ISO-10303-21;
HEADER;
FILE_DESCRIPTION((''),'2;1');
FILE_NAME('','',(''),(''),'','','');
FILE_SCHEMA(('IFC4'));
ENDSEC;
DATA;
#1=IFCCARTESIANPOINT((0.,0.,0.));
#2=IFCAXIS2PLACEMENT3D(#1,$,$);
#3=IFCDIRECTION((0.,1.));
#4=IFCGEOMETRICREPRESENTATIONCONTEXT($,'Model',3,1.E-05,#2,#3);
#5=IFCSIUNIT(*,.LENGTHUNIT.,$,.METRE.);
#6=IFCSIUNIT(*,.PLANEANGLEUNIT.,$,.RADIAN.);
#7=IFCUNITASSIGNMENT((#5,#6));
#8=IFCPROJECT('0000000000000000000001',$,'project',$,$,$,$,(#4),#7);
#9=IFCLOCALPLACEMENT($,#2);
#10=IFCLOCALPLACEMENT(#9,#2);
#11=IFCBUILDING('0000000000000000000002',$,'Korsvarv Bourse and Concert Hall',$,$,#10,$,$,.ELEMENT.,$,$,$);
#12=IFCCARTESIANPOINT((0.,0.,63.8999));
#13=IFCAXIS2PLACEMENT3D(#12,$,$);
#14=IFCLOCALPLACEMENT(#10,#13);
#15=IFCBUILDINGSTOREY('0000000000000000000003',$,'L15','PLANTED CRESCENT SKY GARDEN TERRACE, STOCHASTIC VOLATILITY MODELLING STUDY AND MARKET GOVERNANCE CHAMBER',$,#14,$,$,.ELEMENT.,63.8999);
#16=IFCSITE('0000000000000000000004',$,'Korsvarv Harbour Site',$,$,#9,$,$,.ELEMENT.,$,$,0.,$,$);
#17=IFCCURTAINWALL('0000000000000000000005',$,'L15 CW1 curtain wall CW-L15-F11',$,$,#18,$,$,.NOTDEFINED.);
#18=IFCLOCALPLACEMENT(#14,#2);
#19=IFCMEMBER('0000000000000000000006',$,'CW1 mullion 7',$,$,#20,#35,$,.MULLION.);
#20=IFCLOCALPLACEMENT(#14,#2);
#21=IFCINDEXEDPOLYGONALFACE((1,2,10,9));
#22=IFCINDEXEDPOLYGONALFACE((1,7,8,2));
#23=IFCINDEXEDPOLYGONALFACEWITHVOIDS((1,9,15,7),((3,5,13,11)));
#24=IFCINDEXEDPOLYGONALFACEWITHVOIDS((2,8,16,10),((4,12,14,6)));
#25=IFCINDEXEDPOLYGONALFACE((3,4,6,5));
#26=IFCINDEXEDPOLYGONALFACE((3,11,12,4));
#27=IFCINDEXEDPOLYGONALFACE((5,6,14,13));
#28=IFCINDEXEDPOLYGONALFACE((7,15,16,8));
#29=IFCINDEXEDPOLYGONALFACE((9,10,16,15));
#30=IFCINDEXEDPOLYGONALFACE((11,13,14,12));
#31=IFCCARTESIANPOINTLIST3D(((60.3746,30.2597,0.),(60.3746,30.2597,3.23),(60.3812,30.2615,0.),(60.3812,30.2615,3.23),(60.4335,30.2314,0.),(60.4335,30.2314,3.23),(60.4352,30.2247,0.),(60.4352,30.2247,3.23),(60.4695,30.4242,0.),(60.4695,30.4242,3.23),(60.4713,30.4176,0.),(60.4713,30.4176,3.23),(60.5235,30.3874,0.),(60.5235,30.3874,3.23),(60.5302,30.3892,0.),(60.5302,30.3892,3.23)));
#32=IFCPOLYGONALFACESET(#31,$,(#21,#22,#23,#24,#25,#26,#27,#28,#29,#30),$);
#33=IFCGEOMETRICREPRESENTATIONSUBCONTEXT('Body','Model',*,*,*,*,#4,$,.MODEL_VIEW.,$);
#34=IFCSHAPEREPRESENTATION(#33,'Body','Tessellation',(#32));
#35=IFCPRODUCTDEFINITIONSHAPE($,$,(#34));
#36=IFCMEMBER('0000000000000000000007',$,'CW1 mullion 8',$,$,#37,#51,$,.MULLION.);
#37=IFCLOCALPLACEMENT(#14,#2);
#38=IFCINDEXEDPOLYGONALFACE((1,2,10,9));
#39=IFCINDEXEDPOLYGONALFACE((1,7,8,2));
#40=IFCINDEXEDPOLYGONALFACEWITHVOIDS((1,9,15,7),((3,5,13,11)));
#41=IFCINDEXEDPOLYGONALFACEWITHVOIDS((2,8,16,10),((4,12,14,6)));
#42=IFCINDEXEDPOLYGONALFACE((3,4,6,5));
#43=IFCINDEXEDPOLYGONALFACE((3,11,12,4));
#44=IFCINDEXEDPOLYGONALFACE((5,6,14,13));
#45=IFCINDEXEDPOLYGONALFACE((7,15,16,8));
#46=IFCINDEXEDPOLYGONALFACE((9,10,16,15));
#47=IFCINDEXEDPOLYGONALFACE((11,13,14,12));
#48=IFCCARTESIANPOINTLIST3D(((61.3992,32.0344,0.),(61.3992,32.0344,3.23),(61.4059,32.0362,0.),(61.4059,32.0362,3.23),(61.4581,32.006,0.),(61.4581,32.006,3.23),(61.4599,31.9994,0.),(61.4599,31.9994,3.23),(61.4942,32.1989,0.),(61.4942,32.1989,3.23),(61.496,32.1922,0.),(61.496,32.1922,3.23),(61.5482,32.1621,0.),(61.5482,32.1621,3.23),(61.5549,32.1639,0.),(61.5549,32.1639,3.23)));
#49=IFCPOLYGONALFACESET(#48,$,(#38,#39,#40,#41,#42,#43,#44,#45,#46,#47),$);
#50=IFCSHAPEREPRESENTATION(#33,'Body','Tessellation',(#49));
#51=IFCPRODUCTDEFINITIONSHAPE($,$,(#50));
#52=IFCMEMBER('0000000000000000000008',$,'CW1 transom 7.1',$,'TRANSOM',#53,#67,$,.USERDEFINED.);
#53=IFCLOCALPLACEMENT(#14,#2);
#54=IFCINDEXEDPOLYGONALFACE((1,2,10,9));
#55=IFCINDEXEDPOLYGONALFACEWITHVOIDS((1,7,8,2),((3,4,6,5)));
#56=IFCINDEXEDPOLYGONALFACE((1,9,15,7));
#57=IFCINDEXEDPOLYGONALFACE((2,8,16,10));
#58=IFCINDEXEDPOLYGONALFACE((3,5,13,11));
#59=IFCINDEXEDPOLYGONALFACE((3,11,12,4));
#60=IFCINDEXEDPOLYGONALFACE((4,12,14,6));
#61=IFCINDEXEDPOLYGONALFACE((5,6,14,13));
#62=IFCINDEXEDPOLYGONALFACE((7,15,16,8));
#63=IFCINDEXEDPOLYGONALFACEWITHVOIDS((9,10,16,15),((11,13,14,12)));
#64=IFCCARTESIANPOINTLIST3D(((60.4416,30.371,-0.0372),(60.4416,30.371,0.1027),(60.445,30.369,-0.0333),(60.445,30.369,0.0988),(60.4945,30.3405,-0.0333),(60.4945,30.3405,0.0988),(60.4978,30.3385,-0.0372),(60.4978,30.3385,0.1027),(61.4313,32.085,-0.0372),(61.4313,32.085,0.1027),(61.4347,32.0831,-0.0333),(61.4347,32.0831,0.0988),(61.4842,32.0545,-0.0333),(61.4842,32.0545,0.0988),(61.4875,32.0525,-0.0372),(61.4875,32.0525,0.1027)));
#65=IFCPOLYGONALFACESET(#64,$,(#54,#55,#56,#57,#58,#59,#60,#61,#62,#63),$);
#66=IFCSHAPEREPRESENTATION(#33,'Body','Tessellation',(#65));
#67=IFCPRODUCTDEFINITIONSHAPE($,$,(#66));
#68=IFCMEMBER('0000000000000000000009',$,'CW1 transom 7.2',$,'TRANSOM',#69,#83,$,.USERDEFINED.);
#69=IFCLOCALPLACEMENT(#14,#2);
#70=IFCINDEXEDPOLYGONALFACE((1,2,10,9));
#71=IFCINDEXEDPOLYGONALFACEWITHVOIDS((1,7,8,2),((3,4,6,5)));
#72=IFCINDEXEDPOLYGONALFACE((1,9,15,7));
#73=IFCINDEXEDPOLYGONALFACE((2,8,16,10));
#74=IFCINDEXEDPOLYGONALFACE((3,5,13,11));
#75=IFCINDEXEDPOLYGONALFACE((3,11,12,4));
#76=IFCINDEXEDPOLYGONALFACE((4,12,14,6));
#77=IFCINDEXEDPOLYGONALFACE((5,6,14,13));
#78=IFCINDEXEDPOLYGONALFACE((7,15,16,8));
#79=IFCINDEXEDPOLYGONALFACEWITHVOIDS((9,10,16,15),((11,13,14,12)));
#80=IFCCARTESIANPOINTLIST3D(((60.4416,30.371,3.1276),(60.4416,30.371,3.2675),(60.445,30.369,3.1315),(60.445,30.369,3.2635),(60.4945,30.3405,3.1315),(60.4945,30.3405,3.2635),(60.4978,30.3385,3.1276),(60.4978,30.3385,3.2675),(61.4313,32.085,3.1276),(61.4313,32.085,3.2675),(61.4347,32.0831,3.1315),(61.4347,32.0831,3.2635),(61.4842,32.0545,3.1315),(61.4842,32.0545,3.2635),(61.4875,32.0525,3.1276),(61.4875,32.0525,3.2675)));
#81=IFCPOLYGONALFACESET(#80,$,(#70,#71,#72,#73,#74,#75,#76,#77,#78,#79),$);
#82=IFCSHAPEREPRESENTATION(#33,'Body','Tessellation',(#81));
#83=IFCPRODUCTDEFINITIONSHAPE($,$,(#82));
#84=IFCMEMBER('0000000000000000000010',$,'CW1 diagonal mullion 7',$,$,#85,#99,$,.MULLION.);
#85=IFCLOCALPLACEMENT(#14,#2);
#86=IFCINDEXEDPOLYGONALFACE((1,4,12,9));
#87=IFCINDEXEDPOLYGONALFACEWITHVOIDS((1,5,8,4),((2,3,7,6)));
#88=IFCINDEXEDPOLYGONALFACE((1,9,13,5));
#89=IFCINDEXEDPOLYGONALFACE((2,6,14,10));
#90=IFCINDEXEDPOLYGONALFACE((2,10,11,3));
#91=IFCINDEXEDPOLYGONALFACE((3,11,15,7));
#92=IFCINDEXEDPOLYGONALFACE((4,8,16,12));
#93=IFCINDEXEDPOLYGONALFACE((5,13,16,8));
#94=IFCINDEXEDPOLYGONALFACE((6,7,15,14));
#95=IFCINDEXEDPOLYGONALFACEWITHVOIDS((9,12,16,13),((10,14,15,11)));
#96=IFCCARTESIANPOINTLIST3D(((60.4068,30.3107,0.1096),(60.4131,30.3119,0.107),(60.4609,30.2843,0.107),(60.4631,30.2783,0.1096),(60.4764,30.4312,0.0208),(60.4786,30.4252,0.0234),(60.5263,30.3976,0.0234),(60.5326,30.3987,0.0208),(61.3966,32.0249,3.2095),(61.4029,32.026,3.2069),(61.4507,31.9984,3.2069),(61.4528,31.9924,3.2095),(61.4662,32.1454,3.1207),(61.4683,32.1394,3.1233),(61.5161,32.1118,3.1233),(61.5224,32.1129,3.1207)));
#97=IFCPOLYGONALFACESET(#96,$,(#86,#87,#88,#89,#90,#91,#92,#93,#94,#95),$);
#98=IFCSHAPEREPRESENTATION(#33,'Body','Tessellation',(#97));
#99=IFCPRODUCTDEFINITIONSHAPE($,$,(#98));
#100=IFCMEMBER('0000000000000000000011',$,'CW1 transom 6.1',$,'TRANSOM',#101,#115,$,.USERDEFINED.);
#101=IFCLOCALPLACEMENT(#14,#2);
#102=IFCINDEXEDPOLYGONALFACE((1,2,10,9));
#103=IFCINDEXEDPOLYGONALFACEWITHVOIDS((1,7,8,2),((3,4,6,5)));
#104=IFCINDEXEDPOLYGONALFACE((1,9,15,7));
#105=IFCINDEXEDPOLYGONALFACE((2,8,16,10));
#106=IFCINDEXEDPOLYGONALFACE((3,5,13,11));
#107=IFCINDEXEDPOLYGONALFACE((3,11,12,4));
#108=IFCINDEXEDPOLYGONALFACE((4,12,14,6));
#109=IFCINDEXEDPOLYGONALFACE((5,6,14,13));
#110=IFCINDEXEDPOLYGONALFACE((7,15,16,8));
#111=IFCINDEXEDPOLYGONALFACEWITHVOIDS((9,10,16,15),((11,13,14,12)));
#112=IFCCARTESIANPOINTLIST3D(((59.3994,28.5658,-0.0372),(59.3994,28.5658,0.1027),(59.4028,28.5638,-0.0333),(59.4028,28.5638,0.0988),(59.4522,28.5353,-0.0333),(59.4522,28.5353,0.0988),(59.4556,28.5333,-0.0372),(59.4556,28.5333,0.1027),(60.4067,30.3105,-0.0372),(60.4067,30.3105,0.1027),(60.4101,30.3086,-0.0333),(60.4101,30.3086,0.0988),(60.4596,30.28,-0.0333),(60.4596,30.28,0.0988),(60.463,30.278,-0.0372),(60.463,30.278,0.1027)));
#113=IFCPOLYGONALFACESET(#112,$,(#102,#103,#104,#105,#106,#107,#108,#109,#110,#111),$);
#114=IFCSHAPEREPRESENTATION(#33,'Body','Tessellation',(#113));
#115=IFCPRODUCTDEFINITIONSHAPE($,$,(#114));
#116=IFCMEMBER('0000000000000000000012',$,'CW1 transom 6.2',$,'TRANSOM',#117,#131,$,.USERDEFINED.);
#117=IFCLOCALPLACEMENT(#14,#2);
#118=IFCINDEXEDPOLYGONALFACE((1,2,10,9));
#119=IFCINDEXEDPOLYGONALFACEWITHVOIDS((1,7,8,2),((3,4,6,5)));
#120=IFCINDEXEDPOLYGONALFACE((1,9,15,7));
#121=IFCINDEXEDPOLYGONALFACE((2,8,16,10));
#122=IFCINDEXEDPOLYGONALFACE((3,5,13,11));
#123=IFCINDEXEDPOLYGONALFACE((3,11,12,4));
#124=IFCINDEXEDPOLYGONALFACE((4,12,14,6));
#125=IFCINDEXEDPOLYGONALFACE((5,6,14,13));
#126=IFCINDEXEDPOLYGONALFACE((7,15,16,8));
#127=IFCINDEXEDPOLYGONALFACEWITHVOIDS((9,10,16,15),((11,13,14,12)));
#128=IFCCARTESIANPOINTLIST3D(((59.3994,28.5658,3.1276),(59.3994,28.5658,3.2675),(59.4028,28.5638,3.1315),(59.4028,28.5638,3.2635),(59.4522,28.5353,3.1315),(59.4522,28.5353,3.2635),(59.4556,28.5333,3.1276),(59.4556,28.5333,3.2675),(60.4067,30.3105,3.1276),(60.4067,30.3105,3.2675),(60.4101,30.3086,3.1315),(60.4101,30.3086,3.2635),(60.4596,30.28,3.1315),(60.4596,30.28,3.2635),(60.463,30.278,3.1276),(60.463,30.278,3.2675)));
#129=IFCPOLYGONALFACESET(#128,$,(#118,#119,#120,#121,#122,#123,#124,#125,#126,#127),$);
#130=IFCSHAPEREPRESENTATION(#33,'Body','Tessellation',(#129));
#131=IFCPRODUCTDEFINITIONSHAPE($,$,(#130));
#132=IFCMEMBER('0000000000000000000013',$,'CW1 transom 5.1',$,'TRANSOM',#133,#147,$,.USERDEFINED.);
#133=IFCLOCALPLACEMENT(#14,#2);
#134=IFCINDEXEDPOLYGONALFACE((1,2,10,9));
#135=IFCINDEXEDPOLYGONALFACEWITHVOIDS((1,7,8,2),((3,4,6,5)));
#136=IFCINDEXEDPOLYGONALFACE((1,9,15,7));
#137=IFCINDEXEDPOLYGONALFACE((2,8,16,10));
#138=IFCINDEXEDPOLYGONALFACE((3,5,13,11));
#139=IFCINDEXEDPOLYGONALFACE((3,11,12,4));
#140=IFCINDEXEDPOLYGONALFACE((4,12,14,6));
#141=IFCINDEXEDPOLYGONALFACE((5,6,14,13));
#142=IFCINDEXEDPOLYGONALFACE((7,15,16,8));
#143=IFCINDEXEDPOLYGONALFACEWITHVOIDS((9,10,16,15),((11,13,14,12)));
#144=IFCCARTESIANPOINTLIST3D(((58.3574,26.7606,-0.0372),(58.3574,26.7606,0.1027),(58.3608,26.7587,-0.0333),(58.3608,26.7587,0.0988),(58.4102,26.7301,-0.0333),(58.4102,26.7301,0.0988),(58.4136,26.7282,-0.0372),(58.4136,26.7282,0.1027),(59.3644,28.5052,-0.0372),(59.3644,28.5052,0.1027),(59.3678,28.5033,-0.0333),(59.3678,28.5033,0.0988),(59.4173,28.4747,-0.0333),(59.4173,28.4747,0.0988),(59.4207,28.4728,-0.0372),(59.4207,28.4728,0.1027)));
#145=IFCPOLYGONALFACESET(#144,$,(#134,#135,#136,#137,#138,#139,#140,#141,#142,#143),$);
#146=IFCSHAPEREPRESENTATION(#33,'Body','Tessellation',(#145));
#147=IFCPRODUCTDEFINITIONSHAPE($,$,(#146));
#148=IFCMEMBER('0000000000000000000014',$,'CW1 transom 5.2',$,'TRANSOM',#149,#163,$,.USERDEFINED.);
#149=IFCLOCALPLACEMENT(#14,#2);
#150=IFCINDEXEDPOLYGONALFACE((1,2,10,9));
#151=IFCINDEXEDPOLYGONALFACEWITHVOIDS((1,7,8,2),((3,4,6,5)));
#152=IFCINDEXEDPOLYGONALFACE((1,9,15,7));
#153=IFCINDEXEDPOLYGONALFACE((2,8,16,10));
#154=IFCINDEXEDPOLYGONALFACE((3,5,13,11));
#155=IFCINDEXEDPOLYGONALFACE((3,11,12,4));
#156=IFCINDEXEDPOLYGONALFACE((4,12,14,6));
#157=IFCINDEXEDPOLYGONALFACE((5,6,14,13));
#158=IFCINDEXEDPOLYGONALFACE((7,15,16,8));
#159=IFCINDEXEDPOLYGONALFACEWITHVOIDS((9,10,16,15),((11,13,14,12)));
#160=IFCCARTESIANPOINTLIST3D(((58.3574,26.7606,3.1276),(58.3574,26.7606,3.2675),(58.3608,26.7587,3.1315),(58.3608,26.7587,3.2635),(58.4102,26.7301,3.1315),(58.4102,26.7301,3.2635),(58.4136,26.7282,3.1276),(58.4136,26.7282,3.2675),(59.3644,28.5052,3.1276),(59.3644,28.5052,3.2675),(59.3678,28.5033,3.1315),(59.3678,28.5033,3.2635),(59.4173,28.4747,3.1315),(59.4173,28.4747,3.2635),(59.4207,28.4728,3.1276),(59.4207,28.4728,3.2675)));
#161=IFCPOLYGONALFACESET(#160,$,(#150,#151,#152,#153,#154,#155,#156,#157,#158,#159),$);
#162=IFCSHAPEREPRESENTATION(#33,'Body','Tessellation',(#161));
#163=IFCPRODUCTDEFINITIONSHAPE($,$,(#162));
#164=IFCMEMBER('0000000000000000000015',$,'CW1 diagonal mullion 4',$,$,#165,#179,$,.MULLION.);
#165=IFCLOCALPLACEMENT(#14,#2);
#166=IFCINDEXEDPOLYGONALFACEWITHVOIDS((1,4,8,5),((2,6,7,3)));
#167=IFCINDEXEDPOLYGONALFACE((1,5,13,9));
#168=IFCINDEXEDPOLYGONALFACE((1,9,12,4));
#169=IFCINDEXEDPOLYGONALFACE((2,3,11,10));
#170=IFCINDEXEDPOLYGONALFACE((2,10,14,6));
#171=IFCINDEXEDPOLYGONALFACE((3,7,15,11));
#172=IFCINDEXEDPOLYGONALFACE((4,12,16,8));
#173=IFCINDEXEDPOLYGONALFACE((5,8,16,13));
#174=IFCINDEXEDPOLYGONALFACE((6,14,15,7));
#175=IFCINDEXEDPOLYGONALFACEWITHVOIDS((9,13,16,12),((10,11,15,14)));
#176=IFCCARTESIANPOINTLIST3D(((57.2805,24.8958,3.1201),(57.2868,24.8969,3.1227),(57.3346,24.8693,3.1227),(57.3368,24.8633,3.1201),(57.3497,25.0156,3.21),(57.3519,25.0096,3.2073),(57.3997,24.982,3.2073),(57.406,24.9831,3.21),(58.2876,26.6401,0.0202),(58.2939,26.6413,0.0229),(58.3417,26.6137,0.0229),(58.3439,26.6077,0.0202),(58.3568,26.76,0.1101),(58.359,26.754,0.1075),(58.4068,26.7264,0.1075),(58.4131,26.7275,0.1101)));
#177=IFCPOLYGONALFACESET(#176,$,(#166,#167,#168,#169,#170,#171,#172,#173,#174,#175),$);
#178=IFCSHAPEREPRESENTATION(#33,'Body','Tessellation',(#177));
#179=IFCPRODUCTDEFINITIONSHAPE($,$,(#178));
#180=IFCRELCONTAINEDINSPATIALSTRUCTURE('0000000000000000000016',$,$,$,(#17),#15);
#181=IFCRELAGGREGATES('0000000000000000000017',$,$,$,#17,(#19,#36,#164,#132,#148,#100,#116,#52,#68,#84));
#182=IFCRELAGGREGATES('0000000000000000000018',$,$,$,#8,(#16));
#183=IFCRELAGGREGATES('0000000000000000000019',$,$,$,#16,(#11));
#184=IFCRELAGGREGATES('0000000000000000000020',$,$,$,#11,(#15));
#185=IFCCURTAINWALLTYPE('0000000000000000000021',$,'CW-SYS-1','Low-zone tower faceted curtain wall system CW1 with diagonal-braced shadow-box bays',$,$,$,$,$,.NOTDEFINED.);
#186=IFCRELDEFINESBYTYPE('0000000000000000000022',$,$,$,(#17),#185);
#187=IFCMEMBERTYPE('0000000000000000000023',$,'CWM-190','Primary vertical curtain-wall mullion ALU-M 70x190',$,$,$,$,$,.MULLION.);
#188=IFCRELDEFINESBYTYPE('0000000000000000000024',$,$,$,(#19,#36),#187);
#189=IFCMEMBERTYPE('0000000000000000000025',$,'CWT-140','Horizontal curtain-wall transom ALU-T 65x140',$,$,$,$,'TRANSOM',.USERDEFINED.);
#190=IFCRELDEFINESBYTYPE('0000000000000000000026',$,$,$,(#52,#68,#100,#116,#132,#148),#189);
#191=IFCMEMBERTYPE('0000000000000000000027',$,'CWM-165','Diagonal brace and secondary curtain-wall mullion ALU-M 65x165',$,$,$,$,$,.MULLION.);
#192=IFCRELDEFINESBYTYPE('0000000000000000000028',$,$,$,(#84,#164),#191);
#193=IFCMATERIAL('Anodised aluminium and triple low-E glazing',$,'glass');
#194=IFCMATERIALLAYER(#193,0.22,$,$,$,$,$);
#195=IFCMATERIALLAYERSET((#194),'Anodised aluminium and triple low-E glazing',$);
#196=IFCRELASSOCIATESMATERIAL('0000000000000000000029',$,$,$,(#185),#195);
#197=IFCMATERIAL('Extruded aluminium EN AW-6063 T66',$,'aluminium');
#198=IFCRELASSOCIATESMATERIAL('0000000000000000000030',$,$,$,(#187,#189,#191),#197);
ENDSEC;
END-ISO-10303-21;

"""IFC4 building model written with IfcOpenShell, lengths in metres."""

from ifc_helpers import new_model, si_unit, direction, frame, origin, origin_2d, place, context, subcontext, project, spatial, hollow_rectangle, extrude, source, transform, mapped, material, layer, layer_set, material_profile, profile_set, type_object, element, aggregate, save


model = new_model("IFC4")

# Units and contexts
model_context = context("Model", 3, precision=1e-05, world=origin(), true_north=direction((0.0, 1.0)))
body_context = subcontext(model_context, "Body", "Model", "MODEL_VIEW")
ifc_project = project(units=[si_unit("LENGTHUNIT", "METRE"), si_unit("PLANEANGLEUNIT", "RADIAN")], contexts=[model_context])

# Site, building, storey
site_placement = place(None, origin())
site = spatial("IfcSite", under=ifc_project, at=site_placement, Name="Korsvarv Harbour Site", CompositionType="ELEMENT", RefElevation=0.0)
building_placement = place(site_placement, origin())
building = spatial("IfcBuilding", under=site, at=building_placement, Name="Korsvarv Bourse and Concert Hall", CompositionType="ELEMENT")
storey_placement = place(building_placement, frame((0.0, 0.0, 63.8999)))
storey = spatial("IfcBuildingStorey", under=building, at=storey_placement, Name="L15", Description="PLANTED CRESCENT SKY GARDEN TERRACE, STOCHASTIC VOLATILITY MODELLING STUDY AND MARKET GOVERNANCE CHAMBER", CompositionType="ELEMENT", Elevation=63.8999)

# Curtain wall, members
ifc_material_1 = material(Name="Anodised aluminium and triple low-E glazing", Category="glass")
ifc_layer_1 = layer(ifc_material_1, 0.22)
ifc_layer_set_1 = layer_set([ifc_layer_1], Name="Anodised aluminium and triple low-E glazing")
curtain_wall_type = type_object("IfcCurtainWallType", Name="CW-SYS-1", Description="Low-zone tower faceted curtain wall system CW1 with diagonal-braced shadow-box bays", PredefinedType="NOTDEFINED", material=ifc_layer_set_1)
curtain_wall_placement = place(storey_placement, origin())
curtain_wall = element("IfcCurtainWall", 1, at=curtain_wall_placement, inside=storey, type_object=curtain_wall_type, Name="L15 CW1 curtain wall CW-L15-F11", PredefinedType="NOTDEFINED")
ifc_material_2 = material(Name="Extruded aluminium EN AW-6063 T66", Category="aluminium")
ifc_material_profile_1 = material_profile(ifc_material_2, hollow_rectangle(XDim=0.0701, YDim=0.1899, WallThickness=0.0049, at=origin_2d()), Name="ALU-M 70x190")
ifc_profile_set_1 = profile_set([ifc_material_profile_1], Name="Extruded aluminium EN AW-6063 T66")
member_type_1 = type_object("IfcMemberType", Name="CWM-190", Description="Primary vertical curtain-wall mullion ALU-M 70x190", PredefinedType="MULLION", material=ifc_profile_set_1)
shared_shape_1 = source(origin(), body_context, "Body", "SweptSolid", [
    extrude(hollow_rectangle(XDim=0.0701, YDim=0.1899, WallThickness=0.0049, at=origin_2d()), origin(), (0.0, 0.0, 1.0), 3.23),
])
member_1_placement = place(storey_placement, frame((60.4524, 30.3245, 0.0), z_axis=(0.0, 0.0, 1.0), x_axis=(-0.866022, 0.500006, 0.0)))
member_1 = element("IfcMember", 2, at=member_1_placement, type_object=member_type_1, Name="CW1 mullion 7", PredefinedType="MULLION", context=body_context, shape_type="MappedRepresentation", body=[
    mapped(shared_shape_1, transform((0.0, 0.0, 0.0), scale=1.0)),
])
member_2_placement = place(storey_placement, frame((61.4771, 32.0991, 0.0), z_axis=(0.0, 0.0, 1.0), x_axis=(-0.866022, 0.500006, 0.0)))
member_2 = element("IfcMember", 3, at=member_2_placement, type_object=member_type_1, Name="CW1 mullion 8", PredefinedType="MULLION", context=body_context, shape_type="MappedRepresentation", body=[
    mapped(shared_shape_1, transform((0.0, 0.0, 0.0), scale=1.0)),
])
ifc_material_profile_2 = material_profile(ifc_material_2, hollow_rectangle(XDim=0.0649, YDim=0.1399, WallThickness=0.0039, at=origin_2d()), Name="ALU-T 65x140")
ifc_profile_set_2 = profile_set([ifc_material_profile_2], Name="Extruded aluminium EN AW-6063 T66")
member_type_2 = type_object("IfcMemberType", Name="CWT-140", Description="Horizontal curtain-wall transom ALU-T 65x140", ElementType="TRANSOM", PredefinedType="USERDEFINED", material=ifc_profile_set_2)
shared_shape_2 = source(origin(), body_context, "Body", "SweptSolid", [
    extrude(hollow_rectangle(XDim=0.0649, YDim=0.1399, WallThickness=0.0039, at=origin_2d()), origin(), (0.0, 0.0, 1.0), 1.9792),
])
member_3_placement = place(storey_placement, frame((60.4697, 30.3547, 0.0327), z_axis=(0.500039, 0.866003, 0.0), x_axis=(-0.866003, 0.500039, 0.0)))
member_3 = element("IfcMember", 4, at=member_3_placement, type_object=member_type_2, Name="CW1 transom 7.1", ObjectType="TRANSOM", PredefinedType="USERDEFINED", context=body_context, shape_type="MappedRepresentation", body=[
    mapped(shared_shape_2, transform((0.0, 0.0, 0.0), scale=1.0)),
])
member_4_placement = place(storey_placement, frame((60.4697, 30.3547, 3.1975), z_axis=(0.500039, 0.866003, 0.0), x_axis=(-0.866003, 0.500039, 0.0)))
member_4 = element("IfcMember", 5, at=member_4_placement, type_object=member_type_2, Name="CW1 transom 7.2", ObjectType="TRANSOM", PredefinedType="USERDEFINED", context=body_context, shape_type="MappedRepresentation", body=[
    mapped(shared_shape_2, transform((0.0, 0.0, 0.0), scale=1.0)),
])
ifc_material_profile_3 = material_profile(ifc_material_2, hollow_rectangle(XDim=0.0649, YDim=0.165, WallThickness=0.0049, at=origin_2d()), Name="ALU-M 65x165")
ifc_profile_set_3 = profile_set([ifc_material_profile_3], Name="Extruded aluminium EN AW-6063 T66")
member_type_3 = type_object("IfcMemberType", Name="CWM-165", Description="Diagonal brace and secondary curtain-wall mullion ALU-M 65x165", PredefinedType="MULLION", material=ifc_profile_set_3)
shared_shape_3 = source(origin(), body_context, "Body", "SweptSolid", [
    extrude(hollow_rectangle(XDim=0.0649, YDim=0.165, WallThickness=0.0049, at=origin_2d()), origin(), (0.0, 0.0, 1.0), 3.678),
])
member_5_placement = place(storey_placement, frame((60.4697, 30.3547, 0.0652), z_axis=(0.269107, 0.466058, 0.842835), x_axis=(-0.866003, 0.500039, 0.0)))
member_5 = element("IfcMember", 6, at=member_5_placement, type_object=member_type_3, Name="CW1 diagonal mullion 7", PredefinedType="MULLION", context=body_context, shape_type="MappedRepresentation", body=[
    mapped(shared_shape_3, transform((0.0, 0.0, 0.0), scale=1.0)),
])
shared_shape_4 = source(origin(), body_context, "Body", "SweptSolid", [
    extrude(hollow_rectangle(XDim=0.0649, YDim=0.1399, WallThickness=0.0039, at=origin_2d()), origin(), (0.0, 0.0, 1.0), 2.0146),
])
member_6_placement = place(storey_placement, frame((59.4275, 28.5496, 0.0327), z_axis=(0.500023, 0.866012, 0.0), x_axis=(-0.866012, 0.500023, 0.0)))
member_6 = element("IfcMember", 7, at=member_6_placement, type_object=member_type_2, Name="CW1 transom 6.1", ObjectType="TRANSOM", PredefinedType="USERDEFINED", context=body_context, shape_type="MappedRepresentation", body=[
    mapped(shared_shape_4, transform((0.0, 0.0, 0.0), scale=1.0)),
])
member_7_placement = place(storey_placement, frame((59.4275, 28.5496, 3.1975), z_axis=(0.500023, 0.866012, 0.0), x_axis=(-0.866012, 0.500023, 0.0)))
member_7 = element("IfcMember", 8, at=member_7_placement, type_object=member_type_2, Name="CW1 transom 6.2", ObjectType="TRANSOM", PredefinedType="USERDEFINED", context=body_context, shape_type="MappedRepresentation", body=[
    mapped(shared_shape_4, transform((0.0, 0.0, 0.0), scale=1.0)),
])
shared_shape_5 = source(origin(), body_context, "Body", "SweptSolid", [
    extrude(hollow_rectangle(XDim=0.0649, YDim=0.1399, WallThickness=0.0039, at=origin_2d()), origin(), (0.0, 0.0, 1.0), 2.0144),
])
member_8_placement = place(storey_placement, frame((58.3855, 26.7444, 0.0327), z_axis=(0.499932, 0.866064, 0.0), x_axis=(-0.866064, 0.499932, 0.0)))
member_8 = element("IfcMember", 9, at=member_8_placement, type_object=member_type_2, Name="CW1 transom 5.1", ObjectType="TRANSOM", PredefinedType="USERDEFINED", context=body_context, shape_type="MappedRepresentation", body=[
    mapped(shared_shape_5, transform((0.0, 0.0, 0.0), scale=1.0)),
])
member_9_placement = place(storey_placement, frame((58.3855, 26.7444, 3.1975), z_axis=(0.499932, 0.866064, 0.0), x_axis=(-0.866064, 0.499932, 0.0)))
member_9 = element("IfcMember", 10, at=member_9_placement, type_object=member_type_2, Name="CW1 transom 5.2", ObjectType="TRANSOM", PredefinedType="USERDEFINED", context=body_context, shape_type="MappedRepresentation", body=[
    mapped(shared_shape_5, transform((0.0, 0.0, 0.0), scale=1.0)),
])
shared_shape_6 = source(origin(), body_context, "Body", "SweptSolid", [
    extrude(hollow_rectangle(XDim=0.0649, YDim=0.165, WallThickness=0.0049, at=origin_2d()), origin(), (0.0, 0.0, 1.0), 3.6968),
])
member_10_placement = place(storey_placement, frame((58.3503, 26.6838, 0.0652), z_axis=(-0.272421, -0.471866, 0.838528), x_axis=(0.866034, -0.499985, 0.0)))
member_10 = element("IfcMember", 11, at=member_10_placement, type_object=member_type_3, Name="CW1 diagonal mullion 4", PredefinedType="MULLION", context=body_context, shape_type="MappedRepresentation", body=[
    mapped(shared_shape_6, transform((0.0, 0.0, 0.0), scale=1.0)),
])
aggregate(curtain_wall, [member_1, member_2, member_10, member_8, member_9, member_6, member_7, member_3, member_4, member_5])

save(model, "model.ifc")
